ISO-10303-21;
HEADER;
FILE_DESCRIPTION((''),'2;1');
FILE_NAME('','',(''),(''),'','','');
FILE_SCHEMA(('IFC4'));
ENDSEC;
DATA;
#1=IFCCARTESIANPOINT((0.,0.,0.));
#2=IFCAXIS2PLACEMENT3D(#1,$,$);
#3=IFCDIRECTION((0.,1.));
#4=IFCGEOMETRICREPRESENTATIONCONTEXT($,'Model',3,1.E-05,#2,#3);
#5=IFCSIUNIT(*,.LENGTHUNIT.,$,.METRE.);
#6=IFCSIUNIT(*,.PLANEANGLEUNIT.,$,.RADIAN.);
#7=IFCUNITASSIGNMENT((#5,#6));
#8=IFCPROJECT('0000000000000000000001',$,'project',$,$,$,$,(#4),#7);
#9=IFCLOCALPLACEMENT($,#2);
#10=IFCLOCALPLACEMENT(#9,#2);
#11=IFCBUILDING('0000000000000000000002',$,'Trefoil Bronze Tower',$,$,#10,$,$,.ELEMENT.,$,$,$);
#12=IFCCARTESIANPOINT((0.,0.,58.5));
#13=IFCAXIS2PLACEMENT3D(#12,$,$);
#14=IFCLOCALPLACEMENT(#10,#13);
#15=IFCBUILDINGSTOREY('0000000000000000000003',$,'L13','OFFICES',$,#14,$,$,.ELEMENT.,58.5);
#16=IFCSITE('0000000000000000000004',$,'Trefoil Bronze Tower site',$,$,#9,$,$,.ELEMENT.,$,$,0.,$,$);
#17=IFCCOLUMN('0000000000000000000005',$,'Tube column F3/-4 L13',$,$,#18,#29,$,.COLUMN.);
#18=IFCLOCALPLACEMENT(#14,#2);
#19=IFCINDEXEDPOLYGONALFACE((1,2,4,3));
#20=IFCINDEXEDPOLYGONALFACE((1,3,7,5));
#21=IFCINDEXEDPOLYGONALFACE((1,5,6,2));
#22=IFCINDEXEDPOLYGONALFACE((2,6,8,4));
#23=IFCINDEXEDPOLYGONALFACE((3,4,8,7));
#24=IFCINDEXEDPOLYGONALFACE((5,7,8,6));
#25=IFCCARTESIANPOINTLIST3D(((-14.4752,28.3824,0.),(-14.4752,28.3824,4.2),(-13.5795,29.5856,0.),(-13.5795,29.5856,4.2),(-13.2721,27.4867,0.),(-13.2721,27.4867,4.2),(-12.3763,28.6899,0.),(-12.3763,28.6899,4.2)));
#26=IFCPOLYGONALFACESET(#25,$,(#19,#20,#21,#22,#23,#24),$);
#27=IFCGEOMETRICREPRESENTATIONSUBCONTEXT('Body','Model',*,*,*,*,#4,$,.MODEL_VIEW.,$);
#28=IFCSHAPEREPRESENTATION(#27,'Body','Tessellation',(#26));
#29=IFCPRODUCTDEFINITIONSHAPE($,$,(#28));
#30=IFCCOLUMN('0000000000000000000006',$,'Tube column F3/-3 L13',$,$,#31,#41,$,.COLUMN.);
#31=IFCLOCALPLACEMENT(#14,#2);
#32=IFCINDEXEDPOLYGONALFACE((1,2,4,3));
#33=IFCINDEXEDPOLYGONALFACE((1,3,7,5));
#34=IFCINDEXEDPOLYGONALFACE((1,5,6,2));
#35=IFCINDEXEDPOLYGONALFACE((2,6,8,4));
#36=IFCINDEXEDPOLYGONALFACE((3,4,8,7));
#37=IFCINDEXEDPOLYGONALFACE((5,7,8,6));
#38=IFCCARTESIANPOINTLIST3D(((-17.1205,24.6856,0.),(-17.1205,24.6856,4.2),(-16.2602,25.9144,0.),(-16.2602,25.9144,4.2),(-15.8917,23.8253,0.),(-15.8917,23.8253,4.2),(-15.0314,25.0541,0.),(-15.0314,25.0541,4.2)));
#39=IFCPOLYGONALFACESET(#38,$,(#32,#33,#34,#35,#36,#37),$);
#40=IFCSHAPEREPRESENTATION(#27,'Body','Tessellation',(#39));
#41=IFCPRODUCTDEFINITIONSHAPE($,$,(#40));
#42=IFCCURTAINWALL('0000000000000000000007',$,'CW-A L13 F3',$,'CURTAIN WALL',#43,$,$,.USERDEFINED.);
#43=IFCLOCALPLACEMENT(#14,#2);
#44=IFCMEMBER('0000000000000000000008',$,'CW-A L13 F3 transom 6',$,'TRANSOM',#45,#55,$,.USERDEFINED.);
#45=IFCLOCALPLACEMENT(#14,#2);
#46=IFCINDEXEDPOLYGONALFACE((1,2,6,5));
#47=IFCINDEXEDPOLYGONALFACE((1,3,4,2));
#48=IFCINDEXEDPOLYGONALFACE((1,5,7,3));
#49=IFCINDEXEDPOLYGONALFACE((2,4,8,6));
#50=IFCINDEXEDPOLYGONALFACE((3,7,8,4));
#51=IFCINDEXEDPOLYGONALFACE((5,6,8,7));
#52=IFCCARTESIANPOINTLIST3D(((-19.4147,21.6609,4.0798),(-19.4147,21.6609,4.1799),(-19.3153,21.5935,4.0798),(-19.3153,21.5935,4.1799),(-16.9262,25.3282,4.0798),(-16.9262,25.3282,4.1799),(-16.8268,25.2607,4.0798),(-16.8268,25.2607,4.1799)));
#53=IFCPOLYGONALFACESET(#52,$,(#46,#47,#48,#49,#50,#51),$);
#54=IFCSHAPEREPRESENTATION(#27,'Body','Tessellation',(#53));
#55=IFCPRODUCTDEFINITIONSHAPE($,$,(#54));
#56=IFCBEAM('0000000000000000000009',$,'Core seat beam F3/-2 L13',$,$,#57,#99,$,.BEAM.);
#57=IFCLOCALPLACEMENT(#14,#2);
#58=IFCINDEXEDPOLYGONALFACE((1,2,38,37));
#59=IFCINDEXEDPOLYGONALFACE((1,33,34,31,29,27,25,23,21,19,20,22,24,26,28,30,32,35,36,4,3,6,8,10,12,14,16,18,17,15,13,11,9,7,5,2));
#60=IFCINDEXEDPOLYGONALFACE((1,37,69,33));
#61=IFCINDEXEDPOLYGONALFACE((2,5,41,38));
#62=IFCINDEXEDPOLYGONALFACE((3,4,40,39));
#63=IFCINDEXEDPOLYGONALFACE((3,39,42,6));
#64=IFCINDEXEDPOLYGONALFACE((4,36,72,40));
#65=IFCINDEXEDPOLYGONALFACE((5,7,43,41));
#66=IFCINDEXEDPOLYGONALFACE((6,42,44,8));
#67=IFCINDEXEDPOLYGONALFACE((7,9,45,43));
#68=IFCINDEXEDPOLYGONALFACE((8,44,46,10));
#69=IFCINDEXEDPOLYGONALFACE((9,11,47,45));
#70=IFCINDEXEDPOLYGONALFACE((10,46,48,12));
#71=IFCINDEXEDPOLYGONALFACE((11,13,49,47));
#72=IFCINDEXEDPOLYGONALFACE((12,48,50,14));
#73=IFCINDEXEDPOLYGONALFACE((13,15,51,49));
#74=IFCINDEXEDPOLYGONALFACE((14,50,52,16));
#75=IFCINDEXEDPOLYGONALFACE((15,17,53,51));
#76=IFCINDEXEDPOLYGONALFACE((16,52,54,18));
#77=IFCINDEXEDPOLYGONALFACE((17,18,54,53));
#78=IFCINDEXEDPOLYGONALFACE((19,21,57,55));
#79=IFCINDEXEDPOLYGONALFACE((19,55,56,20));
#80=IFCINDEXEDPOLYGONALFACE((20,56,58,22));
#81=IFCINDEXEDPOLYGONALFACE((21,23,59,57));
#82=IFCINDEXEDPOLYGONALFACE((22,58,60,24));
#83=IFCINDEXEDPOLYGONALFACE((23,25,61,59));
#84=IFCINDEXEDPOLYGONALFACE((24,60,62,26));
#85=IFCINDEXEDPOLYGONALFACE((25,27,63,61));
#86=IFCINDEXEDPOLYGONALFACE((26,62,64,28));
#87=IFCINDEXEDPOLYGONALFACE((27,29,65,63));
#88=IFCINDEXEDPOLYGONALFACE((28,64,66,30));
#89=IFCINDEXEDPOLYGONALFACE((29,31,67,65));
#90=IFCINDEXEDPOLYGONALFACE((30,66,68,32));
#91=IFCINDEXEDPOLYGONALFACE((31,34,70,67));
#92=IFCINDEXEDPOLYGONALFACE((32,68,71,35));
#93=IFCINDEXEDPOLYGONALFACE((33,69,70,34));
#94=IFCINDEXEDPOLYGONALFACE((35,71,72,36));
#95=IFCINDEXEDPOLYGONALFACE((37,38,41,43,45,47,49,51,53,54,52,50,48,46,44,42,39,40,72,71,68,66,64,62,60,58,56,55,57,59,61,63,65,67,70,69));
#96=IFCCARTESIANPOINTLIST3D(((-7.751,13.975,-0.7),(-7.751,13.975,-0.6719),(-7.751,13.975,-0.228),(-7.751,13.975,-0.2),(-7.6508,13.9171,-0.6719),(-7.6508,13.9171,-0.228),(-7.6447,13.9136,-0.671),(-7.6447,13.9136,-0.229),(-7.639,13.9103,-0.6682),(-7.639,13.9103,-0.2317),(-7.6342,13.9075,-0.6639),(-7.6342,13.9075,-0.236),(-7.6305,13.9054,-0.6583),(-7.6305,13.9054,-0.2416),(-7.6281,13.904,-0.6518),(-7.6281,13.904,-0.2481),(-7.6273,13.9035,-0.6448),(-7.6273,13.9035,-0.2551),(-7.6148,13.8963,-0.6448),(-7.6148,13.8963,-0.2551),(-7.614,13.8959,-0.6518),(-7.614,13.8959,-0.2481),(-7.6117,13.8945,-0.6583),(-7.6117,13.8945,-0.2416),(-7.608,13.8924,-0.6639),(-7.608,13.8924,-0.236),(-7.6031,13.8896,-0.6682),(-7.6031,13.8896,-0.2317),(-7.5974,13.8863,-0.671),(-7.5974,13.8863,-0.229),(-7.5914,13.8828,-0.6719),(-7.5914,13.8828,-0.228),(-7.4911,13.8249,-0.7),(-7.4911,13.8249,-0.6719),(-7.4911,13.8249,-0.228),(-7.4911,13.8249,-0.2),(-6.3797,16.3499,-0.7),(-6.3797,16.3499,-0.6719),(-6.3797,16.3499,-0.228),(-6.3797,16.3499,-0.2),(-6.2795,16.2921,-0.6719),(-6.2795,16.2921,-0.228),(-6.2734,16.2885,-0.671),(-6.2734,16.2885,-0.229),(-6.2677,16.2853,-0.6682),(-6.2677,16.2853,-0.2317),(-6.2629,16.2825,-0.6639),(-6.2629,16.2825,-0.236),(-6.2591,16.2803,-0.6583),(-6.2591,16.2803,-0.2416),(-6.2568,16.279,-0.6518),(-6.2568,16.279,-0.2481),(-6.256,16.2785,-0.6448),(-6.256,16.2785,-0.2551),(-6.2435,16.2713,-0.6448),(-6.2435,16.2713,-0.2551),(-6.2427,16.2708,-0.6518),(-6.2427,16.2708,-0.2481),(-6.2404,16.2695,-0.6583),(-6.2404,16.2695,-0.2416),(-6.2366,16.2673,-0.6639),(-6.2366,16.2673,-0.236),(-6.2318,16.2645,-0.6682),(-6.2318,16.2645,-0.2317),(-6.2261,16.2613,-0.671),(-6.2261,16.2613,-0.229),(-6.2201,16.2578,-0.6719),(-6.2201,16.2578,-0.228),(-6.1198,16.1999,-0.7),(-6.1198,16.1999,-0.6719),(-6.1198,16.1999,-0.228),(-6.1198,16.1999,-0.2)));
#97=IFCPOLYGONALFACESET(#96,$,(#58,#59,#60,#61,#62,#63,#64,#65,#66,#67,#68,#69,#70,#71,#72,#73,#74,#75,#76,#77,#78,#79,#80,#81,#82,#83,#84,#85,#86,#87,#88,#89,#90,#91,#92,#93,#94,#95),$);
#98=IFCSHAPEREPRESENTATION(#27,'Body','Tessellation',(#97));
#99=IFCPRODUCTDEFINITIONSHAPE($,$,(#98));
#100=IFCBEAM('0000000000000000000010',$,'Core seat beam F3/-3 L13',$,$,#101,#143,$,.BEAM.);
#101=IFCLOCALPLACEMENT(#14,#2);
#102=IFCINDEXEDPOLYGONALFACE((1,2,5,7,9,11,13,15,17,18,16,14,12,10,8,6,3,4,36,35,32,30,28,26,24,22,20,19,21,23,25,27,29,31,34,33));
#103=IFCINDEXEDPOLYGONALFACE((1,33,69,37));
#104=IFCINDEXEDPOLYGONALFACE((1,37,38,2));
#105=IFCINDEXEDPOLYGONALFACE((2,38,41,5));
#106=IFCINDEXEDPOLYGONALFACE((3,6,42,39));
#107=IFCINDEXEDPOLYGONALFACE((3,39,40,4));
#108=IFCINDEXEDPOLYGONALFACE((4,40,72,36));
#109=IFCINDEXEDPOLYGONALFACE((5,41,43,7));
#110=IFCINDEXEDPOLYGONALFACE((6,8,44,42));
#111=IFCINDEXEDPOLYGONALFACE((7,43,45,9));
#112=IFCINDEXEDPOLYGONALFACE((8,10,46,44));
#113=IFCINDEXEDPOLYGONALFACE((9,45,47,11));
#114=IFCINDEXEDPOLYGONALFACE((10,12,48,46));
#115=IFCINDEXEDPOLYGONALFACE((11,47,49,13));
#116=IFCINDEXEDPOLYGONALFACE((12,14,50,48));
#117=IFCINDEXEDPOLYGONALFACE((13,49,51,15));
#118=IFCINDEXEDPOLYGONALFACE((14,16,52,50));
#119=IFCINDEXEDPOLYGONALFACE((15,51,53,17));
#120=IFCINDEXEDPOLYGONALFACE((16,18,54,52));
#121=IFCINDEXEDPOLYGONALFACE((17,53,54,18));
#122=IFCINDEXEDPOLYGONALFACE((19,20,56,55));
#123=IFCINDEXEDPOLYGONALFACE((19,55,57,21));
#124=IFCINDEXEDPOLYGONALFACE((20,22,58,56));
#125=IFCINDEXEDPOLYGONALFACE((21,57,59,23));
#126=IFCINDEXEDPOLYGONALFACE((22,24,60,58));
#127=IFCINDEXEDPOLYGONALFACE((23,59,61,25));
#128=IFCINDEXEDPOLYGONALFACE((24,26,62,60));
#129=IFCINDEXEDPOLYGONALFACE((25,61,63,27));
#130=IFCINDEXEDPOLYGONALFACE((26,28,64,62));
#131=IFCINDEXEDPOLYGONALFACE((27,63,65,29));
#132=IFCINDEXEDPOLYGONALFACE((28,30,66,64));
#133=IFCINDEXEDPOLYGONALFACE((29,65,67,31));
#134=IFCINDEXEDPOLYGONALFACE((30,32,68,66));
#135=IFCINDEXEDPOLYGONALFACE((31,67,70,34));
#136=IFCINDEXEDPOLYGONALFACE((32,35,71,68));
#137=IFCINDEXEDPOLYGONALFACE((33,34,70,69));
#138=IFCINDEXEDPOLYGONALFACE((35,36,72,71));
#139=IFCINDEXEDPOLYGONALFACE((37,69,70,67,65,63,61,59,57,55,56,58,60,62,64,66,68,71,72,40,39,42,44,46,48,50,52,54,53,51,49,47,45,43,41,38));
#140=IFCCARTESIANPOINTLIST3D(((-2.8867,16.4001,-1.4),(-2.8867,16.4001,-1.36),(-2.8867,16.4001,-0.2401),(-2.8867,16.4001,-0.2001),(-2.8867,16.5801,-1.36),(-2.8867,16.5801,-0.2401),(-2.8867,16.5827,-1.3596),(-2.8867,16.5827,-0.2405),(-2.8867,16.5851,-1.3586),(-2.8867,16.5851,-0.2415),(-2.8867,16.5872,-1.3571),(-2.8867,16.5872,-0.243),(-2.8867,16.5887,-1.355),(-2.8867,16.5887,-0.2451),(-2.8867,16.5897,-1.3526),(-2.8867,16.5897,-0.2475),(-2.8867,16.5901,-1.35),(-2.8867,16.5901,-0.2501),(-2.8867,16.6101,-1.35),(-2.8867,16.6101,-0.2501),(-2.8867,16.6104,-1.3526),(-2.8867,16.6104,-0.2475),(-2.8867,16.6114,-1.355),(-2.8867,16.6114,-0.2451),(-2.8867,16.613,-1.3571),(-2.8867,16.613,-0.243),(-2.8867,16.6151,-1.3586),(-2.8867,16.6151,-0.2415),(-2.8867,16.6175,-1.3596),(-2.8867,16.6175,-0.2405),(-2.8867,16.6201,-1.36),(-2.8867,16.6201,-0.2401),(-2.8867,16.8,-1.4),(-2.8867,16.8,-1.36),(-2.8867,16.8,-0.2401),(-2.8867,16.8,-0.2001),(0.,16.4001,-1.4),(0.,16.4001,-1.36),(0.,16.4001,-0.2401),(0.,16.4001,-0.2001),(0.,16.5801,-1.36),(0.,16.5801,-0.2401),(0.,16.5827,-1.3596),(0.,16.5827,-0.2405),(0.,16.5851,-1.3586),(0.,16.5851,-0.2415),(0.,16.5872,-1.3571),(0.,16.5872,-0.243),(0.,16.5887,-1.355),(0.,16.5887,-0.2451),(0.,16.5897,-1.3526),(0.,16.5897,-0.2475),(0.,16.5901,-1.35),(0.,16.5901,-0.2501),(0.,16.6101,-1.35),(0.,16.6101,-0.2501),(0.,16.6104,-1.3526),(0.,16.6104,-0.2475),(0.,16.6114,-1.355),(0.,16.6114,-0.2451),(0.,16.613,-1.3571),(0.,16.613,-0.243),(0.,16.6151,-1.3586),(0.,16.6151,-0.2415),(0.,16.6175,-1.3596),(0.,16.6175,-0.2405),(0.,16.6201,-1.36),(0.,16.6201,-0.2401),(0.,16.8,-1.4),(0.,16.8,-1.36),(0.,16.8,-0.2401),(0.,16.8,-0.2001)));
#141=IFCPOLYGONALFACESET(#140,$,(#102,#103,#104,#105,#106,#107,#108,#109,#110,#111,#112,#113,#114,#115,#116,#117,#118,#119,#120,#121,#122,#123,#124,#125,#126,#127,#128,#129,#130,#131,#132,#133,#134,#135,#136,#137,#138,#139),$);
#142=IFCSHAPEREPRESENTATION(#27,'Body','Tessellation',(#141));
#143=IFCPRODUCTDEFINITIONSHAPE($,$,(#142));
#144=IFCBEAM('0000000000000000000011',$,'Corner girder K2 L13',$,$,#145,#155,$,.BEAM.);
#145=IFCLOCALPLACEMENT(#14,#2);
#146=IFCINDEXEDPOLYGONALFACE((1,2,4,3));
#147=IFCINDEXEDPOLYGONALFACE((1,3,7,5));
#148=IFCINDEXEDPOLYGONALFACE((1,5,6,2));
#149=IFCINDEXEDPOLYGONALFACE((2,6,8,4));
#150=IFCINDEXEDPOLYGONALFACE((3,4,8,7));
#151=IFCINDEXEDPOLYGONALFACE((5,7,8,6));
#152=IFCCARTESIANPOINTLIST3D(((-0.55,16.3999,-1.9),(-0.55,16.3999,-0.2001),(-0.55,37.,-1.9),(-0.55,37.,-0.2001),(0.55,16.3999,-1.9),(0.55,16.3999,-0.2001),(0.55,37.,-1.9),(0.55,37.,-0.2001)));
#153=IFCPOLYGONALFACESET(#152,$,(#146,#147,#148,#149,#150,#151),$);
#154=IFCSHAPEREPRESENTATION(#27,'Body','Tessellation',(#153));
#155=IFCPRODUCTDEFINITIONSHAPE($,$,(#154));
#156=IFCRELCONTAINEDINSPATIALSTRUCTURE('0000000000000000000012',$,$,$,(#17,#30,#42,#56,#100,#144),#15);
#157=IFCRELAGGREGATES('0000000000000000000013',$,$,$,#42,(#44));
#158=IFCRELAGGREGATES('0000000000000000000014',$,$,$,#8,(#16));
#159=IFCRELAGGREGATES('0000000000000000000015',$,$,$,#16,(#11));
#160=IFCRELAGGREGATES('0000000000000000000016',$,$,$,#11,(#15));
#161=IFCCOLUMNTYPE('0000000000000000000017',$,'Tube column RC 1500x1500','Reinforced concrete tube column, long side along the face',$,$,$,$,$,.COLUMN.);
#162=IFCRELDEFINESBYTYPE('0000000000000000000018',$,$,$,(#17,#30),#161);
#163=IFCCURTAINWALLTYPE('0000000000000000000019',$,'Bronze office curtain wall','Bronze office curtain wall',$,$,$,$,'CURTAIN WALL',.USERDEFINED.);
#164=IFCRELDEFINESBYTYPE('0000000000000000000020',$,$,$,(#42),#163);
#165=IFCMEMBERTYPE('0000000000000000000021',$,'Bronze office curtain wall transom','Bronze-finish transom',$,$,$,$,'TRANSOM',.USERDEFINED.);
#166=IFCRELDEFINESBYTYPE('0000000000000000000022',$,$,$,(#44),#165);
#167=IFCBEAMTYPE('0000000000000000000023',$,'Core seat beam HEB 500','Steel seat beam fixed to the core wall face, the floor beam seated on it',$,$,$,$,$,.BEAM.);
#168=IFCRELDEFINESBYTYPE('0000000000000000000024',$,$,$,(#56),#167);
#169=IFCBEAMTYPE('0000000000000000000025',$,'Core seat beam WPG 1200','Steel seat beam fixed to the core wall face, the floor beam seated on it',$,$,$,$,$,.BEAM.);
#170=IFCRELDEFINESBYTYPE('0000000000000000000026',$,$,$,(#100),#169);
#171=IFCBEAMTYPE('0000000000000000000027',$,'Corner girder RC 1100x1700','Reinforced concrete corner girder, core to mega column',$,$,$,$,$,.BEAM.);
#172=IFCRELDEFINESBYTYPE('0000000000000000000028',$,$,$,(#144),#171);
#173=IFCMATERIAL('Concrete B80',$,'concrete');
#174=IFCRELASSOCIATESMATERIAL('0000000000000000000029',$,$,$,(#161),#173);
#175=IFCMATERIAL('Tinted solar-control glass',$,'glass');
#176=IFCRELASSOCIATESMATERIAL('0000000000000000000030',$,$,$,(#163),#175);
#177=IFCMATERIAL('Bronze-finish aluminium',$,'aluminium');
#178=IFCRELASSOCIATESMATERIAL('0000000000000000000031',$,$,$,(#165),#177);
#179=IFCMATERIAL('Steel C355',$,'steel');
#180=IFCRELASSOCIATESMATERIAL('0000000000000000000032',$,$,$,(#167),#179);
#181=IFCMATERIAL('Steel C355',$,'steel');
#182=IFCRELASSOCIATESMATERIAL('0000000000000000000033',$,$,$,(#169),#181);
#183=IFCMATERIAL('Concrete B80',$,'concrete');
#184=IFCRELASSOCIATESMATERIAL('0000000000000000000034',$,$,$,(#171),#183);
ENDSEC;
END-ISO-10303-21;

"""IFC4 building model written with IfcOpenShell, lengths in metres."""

from ifc_helpers import new_model, si_unit, direction, frame, origin, origin_2d, place, context, subcontext, project, spatial, rectangle, i_section, extrude, material, material_profile, profile_set, type_object, element, aggregate, save


model = new_model("IFC4")

# Units and contexts
model_context = context("Model", 3, precision=1e-05, world=origin(), true_north=direction((0.0, 1.0)))
body_context = subcontext(model_context, "Body", "Model", "MODEL_VIEW")
ifc_project = project(units=[si_unit("LENGTHUNIT", "METRE"), si_unit("PLANEANGLEUNIT", "RADIAN")], contexts=[model_context])

# Site, building, storey
site_placement = place(None, origin())
site = spatial("IfcSite", under=ifc_project, at=site_placement, Name="Trefoil Bronze Tower site", CompositionType="ELEMENT", RefElevation=0.0)
building_placement = place(site_placement, origin())
building = spatial("IfcBuilding", under=site, at=building_placement, Name="Trefoil Bronze Tower", CompositionType="ELEMENT")
storey_placement = place(building_placement, frame((0.0, 0.0, 58.5)))
storey = spatial("IfcBuildingStorey", under=building, at=storey_placement, Name="L13", Description="OFFICES", CompositionType="ELEMENT", Elevation=58.5)

# Columns
ifc_material_1 = material(Name="Concrete B80", Category="concrete")
ifc_material_profile_1 = material_profile(ifc_material_1, rectangle(XDim=1.5, YDim=1.5, at=origin_2d()), Name="RC 1500x1500")
ifc_profile_set_1 = profile_set([ifc_material_profile_1], Name="Concrete B80")
column_type = type_object("IfcColumnType", Name="Tube column RC 1500x1500", Description="Reinforced concrete tube column, long side along the face", PredefinedType="COLUMN", material=ifc_profile_set_1)
for number, where, z_axis, x_axis, name in (
    (1, (-13.4258, 28.5361, 0.0), (0.0, 0.0, 1.0), (-0.597154, -0.802127, 0.0), "Tube column F3/-4 L13"),
    (2, (-16.0759, 24.8699, 0.0), (0.0, 0.0, 1.0), (-0.573502, -0.819204, 0.0), "Tube column F3/-3 L13"),
):
    element("IfcColumn", number, at=place(storey_placement, frame(where, z_axis=z_axis, x_axis=x_axis)), inside=storey, type_object=column_type, Name=name, PredefinedType="COLUMN", context=body_context, shape_type="SweptSolid", body=[
        extrude(rectangle(XDim=1.5, YDim=1.5, at=origin_2d()), origin(), (0.0, 0.0, 1.0), 4.2),
    ])

# Curtain wall, member
ifc_material_2 = material(Name="Tinted solar-control glass", Category="glass")
curtain_wall_type = type_object("IfcCurtainWallType", Name="Bronze office curtain wall", Description="Bronze office curtain wall", ElementType="CURTAIN WALL", PredefinedType="USERDEFINED", material=ifc_material_2)
curtain_wall_placement = place(storey_placement, origin())
curtain_wall = element("IfcCurtainWall", 3, at=curtain_wall_placement, inside=storey, type_object=curtain_wall_type, Name="CW-A L13 F3", ObjectType="CURTAIN WALL", PredefinedType="USERDEFINED")
ifc_material_3 = material(Name="Bronze-finish aluminium", Category="aluminium")
ifc_material_profile_2 = material_profile(ifc_material_3, rectangle(XDim=0.1201, YDim=0.1001, at=origin_2d()), Name="CW-A transom")
ifc_profile_set_2 = profile_set([ifc_material_profile_2], Name="Bronze-finish aluminium")
member_type = type_object("IfcMemberType", Name="Bronze office curtain wall transom", Description="Bronze-finish transom", ElementType="TRANSOM", PredefinedType="USERDEFINED", material=ifc_profile_set_2)
member_placement = place(storey_placement, frame((-16.8765, 25.2944, 4.1299), z_axis=(-0.561508, -0.827471, 0.0), x_axis=(0.827471, -0.561508, 0.0)))
member = element("IfcMember", 4, at=member_placement, type_object=member_type, Name="CW-A L13 F3 transom 6", ObjectType="TRANSOM", PredefinedType="USERDEFINED", context=body_context, shape_type="SweptSolid", body=[
    extrude(rectangle(XDim=0.1201, YDim=0.1001, at=origin_2d()), origin(), (0.0, 0.0, 1.0), 4.4319),
])

# Beams
ifc_material_4 = material(Name="Steel C355", Category="steel")
ifc_material_profile_3 = material_profile(ifc_material_4, i_section(OverallWidth=0.3, OverallDepth=0.5, WebThickness=0.0144, FlangeThickness=0.0281, FilletRadius=0.0271, at=origin_2d()), Name="HEB 500")
ifc_profile_set_3 = profile_set([ifc_material_profile_3], Name="Steel C355")
beam_type_1 = type_object("IfcBeamType", Name="Core seat beam HEB 500", Description="Steel seat beam fixed to the core wall face, the floor beam seated on it", PredefinedType="BEAM", material=ifc_profile_set_3)
beam_1_placement = place(storey_placement, frame((-6.2498, 16.2749, -0.45), z_axis=(-0.500036, -0.866005, 0.0), x_axis=(0.866005, -0.500036, 0.0)))
element("IfcBeam", 5, at=beam_1_placement, inside=storey, type_object=beam_type_1, Name="Core seat beam F3/-2 L13", PredefinedType="BEAM", context=body_context, shape_type="SweptSolid", body=[
    extrude(i_section(OverallWidth=0.3, OverallDepth=0.5, WebThickness=0.0144, FlangeThickness=0.0281, FilletRadius=0.0271, at=origin_2d()), origin(), (0.0, 0.0, 1.0), 2.7424),
])
ifc_material_5 = material(Name="Steel C355", Category="steel")
ifc_material_profile_4 = material_profile(ifc_material_5, i_section(OverallWidth=0.3999, OverallDepth=1.2, WebThickness=0.02, FlangeThickness=0.04, FilletRadius=0.01, at=origin_2d()), Name="WPG 1200")
ifc_profile_set_4 = profile_set([ifc_material_profile_4], Name="Steel C355")
beam_type_2 = type_object("IfcBeamType", Name="Core seat beam WPG 1200", Description="Steel seat beam fixed to the core wall face, the floor beam seated on it", PredefinedType="BEAM", material=ifc_profile_set_4)
beam_2_placement = place(storey_placement, frame((0.0, 16.6001, -0.8), z_axis=(-1.0, 0.0, 0.0), x_axis=(0.0, -1.0, 0.0)))
element("IfcBeam", 6, at=beam_2_placement, inside=storey, type_object=beam_type_2, Name="Core seat beam F3/-3 L13", PredefinedType="BEAM", context=body_context, shape_type="SweptSolid", body=[
    extrude(i_section(OverallWidth=0.3999, OverallDepth=1.2, WebThickness=0.02, FlangeThickness=0.04, FilletRadius=0.01, at=origin_2d()), origin(), (0.0, 0.0, 1.0), 2.8867),
])
ifc_material_6 = material(Name="Concrete B80", Category="concrete")
ifc_material_profile_5 = material_profile(ifc_material_6, rectangle(XDim=1.1001, YDim=1.7, at=origin_2d()), Name="RC 1100x1700")
ifc_profile_set_5 = profile_set([ifc_material_profile_5], Name="Concrete B80")
beam_type_3 = type_object("IfcBeamType", Name="Corner girder RC 1100x1700", Description="Reinforced concrete corner girder, core to mega column", PredefinedType="BEAM", material=ifc_profile_set_5)
beam_3_placement = place(storey_placement, frame((0.0, 16.3999, -1.05), z_axis=(0.0, 1.0, 0.0), x_axis=(-1.0, 0.0, 0.0)))
element("IfcBeam", 7, at=beam_3_placement, inside=storey, type_object=beam_type_3, Name="Corner girder K2 L13", PredefinedType="BEAM", context=body_context, shape_type="SweptSolid", body=[
    extrude(rectangle(XDim=1.1001, YDim=1.7, at=origin_2d()), origin(), (0.0, 0.0, 1.0), 20.6001),
])

aggregate(curtain_wall, [member])

save(model, "model.ifc")
